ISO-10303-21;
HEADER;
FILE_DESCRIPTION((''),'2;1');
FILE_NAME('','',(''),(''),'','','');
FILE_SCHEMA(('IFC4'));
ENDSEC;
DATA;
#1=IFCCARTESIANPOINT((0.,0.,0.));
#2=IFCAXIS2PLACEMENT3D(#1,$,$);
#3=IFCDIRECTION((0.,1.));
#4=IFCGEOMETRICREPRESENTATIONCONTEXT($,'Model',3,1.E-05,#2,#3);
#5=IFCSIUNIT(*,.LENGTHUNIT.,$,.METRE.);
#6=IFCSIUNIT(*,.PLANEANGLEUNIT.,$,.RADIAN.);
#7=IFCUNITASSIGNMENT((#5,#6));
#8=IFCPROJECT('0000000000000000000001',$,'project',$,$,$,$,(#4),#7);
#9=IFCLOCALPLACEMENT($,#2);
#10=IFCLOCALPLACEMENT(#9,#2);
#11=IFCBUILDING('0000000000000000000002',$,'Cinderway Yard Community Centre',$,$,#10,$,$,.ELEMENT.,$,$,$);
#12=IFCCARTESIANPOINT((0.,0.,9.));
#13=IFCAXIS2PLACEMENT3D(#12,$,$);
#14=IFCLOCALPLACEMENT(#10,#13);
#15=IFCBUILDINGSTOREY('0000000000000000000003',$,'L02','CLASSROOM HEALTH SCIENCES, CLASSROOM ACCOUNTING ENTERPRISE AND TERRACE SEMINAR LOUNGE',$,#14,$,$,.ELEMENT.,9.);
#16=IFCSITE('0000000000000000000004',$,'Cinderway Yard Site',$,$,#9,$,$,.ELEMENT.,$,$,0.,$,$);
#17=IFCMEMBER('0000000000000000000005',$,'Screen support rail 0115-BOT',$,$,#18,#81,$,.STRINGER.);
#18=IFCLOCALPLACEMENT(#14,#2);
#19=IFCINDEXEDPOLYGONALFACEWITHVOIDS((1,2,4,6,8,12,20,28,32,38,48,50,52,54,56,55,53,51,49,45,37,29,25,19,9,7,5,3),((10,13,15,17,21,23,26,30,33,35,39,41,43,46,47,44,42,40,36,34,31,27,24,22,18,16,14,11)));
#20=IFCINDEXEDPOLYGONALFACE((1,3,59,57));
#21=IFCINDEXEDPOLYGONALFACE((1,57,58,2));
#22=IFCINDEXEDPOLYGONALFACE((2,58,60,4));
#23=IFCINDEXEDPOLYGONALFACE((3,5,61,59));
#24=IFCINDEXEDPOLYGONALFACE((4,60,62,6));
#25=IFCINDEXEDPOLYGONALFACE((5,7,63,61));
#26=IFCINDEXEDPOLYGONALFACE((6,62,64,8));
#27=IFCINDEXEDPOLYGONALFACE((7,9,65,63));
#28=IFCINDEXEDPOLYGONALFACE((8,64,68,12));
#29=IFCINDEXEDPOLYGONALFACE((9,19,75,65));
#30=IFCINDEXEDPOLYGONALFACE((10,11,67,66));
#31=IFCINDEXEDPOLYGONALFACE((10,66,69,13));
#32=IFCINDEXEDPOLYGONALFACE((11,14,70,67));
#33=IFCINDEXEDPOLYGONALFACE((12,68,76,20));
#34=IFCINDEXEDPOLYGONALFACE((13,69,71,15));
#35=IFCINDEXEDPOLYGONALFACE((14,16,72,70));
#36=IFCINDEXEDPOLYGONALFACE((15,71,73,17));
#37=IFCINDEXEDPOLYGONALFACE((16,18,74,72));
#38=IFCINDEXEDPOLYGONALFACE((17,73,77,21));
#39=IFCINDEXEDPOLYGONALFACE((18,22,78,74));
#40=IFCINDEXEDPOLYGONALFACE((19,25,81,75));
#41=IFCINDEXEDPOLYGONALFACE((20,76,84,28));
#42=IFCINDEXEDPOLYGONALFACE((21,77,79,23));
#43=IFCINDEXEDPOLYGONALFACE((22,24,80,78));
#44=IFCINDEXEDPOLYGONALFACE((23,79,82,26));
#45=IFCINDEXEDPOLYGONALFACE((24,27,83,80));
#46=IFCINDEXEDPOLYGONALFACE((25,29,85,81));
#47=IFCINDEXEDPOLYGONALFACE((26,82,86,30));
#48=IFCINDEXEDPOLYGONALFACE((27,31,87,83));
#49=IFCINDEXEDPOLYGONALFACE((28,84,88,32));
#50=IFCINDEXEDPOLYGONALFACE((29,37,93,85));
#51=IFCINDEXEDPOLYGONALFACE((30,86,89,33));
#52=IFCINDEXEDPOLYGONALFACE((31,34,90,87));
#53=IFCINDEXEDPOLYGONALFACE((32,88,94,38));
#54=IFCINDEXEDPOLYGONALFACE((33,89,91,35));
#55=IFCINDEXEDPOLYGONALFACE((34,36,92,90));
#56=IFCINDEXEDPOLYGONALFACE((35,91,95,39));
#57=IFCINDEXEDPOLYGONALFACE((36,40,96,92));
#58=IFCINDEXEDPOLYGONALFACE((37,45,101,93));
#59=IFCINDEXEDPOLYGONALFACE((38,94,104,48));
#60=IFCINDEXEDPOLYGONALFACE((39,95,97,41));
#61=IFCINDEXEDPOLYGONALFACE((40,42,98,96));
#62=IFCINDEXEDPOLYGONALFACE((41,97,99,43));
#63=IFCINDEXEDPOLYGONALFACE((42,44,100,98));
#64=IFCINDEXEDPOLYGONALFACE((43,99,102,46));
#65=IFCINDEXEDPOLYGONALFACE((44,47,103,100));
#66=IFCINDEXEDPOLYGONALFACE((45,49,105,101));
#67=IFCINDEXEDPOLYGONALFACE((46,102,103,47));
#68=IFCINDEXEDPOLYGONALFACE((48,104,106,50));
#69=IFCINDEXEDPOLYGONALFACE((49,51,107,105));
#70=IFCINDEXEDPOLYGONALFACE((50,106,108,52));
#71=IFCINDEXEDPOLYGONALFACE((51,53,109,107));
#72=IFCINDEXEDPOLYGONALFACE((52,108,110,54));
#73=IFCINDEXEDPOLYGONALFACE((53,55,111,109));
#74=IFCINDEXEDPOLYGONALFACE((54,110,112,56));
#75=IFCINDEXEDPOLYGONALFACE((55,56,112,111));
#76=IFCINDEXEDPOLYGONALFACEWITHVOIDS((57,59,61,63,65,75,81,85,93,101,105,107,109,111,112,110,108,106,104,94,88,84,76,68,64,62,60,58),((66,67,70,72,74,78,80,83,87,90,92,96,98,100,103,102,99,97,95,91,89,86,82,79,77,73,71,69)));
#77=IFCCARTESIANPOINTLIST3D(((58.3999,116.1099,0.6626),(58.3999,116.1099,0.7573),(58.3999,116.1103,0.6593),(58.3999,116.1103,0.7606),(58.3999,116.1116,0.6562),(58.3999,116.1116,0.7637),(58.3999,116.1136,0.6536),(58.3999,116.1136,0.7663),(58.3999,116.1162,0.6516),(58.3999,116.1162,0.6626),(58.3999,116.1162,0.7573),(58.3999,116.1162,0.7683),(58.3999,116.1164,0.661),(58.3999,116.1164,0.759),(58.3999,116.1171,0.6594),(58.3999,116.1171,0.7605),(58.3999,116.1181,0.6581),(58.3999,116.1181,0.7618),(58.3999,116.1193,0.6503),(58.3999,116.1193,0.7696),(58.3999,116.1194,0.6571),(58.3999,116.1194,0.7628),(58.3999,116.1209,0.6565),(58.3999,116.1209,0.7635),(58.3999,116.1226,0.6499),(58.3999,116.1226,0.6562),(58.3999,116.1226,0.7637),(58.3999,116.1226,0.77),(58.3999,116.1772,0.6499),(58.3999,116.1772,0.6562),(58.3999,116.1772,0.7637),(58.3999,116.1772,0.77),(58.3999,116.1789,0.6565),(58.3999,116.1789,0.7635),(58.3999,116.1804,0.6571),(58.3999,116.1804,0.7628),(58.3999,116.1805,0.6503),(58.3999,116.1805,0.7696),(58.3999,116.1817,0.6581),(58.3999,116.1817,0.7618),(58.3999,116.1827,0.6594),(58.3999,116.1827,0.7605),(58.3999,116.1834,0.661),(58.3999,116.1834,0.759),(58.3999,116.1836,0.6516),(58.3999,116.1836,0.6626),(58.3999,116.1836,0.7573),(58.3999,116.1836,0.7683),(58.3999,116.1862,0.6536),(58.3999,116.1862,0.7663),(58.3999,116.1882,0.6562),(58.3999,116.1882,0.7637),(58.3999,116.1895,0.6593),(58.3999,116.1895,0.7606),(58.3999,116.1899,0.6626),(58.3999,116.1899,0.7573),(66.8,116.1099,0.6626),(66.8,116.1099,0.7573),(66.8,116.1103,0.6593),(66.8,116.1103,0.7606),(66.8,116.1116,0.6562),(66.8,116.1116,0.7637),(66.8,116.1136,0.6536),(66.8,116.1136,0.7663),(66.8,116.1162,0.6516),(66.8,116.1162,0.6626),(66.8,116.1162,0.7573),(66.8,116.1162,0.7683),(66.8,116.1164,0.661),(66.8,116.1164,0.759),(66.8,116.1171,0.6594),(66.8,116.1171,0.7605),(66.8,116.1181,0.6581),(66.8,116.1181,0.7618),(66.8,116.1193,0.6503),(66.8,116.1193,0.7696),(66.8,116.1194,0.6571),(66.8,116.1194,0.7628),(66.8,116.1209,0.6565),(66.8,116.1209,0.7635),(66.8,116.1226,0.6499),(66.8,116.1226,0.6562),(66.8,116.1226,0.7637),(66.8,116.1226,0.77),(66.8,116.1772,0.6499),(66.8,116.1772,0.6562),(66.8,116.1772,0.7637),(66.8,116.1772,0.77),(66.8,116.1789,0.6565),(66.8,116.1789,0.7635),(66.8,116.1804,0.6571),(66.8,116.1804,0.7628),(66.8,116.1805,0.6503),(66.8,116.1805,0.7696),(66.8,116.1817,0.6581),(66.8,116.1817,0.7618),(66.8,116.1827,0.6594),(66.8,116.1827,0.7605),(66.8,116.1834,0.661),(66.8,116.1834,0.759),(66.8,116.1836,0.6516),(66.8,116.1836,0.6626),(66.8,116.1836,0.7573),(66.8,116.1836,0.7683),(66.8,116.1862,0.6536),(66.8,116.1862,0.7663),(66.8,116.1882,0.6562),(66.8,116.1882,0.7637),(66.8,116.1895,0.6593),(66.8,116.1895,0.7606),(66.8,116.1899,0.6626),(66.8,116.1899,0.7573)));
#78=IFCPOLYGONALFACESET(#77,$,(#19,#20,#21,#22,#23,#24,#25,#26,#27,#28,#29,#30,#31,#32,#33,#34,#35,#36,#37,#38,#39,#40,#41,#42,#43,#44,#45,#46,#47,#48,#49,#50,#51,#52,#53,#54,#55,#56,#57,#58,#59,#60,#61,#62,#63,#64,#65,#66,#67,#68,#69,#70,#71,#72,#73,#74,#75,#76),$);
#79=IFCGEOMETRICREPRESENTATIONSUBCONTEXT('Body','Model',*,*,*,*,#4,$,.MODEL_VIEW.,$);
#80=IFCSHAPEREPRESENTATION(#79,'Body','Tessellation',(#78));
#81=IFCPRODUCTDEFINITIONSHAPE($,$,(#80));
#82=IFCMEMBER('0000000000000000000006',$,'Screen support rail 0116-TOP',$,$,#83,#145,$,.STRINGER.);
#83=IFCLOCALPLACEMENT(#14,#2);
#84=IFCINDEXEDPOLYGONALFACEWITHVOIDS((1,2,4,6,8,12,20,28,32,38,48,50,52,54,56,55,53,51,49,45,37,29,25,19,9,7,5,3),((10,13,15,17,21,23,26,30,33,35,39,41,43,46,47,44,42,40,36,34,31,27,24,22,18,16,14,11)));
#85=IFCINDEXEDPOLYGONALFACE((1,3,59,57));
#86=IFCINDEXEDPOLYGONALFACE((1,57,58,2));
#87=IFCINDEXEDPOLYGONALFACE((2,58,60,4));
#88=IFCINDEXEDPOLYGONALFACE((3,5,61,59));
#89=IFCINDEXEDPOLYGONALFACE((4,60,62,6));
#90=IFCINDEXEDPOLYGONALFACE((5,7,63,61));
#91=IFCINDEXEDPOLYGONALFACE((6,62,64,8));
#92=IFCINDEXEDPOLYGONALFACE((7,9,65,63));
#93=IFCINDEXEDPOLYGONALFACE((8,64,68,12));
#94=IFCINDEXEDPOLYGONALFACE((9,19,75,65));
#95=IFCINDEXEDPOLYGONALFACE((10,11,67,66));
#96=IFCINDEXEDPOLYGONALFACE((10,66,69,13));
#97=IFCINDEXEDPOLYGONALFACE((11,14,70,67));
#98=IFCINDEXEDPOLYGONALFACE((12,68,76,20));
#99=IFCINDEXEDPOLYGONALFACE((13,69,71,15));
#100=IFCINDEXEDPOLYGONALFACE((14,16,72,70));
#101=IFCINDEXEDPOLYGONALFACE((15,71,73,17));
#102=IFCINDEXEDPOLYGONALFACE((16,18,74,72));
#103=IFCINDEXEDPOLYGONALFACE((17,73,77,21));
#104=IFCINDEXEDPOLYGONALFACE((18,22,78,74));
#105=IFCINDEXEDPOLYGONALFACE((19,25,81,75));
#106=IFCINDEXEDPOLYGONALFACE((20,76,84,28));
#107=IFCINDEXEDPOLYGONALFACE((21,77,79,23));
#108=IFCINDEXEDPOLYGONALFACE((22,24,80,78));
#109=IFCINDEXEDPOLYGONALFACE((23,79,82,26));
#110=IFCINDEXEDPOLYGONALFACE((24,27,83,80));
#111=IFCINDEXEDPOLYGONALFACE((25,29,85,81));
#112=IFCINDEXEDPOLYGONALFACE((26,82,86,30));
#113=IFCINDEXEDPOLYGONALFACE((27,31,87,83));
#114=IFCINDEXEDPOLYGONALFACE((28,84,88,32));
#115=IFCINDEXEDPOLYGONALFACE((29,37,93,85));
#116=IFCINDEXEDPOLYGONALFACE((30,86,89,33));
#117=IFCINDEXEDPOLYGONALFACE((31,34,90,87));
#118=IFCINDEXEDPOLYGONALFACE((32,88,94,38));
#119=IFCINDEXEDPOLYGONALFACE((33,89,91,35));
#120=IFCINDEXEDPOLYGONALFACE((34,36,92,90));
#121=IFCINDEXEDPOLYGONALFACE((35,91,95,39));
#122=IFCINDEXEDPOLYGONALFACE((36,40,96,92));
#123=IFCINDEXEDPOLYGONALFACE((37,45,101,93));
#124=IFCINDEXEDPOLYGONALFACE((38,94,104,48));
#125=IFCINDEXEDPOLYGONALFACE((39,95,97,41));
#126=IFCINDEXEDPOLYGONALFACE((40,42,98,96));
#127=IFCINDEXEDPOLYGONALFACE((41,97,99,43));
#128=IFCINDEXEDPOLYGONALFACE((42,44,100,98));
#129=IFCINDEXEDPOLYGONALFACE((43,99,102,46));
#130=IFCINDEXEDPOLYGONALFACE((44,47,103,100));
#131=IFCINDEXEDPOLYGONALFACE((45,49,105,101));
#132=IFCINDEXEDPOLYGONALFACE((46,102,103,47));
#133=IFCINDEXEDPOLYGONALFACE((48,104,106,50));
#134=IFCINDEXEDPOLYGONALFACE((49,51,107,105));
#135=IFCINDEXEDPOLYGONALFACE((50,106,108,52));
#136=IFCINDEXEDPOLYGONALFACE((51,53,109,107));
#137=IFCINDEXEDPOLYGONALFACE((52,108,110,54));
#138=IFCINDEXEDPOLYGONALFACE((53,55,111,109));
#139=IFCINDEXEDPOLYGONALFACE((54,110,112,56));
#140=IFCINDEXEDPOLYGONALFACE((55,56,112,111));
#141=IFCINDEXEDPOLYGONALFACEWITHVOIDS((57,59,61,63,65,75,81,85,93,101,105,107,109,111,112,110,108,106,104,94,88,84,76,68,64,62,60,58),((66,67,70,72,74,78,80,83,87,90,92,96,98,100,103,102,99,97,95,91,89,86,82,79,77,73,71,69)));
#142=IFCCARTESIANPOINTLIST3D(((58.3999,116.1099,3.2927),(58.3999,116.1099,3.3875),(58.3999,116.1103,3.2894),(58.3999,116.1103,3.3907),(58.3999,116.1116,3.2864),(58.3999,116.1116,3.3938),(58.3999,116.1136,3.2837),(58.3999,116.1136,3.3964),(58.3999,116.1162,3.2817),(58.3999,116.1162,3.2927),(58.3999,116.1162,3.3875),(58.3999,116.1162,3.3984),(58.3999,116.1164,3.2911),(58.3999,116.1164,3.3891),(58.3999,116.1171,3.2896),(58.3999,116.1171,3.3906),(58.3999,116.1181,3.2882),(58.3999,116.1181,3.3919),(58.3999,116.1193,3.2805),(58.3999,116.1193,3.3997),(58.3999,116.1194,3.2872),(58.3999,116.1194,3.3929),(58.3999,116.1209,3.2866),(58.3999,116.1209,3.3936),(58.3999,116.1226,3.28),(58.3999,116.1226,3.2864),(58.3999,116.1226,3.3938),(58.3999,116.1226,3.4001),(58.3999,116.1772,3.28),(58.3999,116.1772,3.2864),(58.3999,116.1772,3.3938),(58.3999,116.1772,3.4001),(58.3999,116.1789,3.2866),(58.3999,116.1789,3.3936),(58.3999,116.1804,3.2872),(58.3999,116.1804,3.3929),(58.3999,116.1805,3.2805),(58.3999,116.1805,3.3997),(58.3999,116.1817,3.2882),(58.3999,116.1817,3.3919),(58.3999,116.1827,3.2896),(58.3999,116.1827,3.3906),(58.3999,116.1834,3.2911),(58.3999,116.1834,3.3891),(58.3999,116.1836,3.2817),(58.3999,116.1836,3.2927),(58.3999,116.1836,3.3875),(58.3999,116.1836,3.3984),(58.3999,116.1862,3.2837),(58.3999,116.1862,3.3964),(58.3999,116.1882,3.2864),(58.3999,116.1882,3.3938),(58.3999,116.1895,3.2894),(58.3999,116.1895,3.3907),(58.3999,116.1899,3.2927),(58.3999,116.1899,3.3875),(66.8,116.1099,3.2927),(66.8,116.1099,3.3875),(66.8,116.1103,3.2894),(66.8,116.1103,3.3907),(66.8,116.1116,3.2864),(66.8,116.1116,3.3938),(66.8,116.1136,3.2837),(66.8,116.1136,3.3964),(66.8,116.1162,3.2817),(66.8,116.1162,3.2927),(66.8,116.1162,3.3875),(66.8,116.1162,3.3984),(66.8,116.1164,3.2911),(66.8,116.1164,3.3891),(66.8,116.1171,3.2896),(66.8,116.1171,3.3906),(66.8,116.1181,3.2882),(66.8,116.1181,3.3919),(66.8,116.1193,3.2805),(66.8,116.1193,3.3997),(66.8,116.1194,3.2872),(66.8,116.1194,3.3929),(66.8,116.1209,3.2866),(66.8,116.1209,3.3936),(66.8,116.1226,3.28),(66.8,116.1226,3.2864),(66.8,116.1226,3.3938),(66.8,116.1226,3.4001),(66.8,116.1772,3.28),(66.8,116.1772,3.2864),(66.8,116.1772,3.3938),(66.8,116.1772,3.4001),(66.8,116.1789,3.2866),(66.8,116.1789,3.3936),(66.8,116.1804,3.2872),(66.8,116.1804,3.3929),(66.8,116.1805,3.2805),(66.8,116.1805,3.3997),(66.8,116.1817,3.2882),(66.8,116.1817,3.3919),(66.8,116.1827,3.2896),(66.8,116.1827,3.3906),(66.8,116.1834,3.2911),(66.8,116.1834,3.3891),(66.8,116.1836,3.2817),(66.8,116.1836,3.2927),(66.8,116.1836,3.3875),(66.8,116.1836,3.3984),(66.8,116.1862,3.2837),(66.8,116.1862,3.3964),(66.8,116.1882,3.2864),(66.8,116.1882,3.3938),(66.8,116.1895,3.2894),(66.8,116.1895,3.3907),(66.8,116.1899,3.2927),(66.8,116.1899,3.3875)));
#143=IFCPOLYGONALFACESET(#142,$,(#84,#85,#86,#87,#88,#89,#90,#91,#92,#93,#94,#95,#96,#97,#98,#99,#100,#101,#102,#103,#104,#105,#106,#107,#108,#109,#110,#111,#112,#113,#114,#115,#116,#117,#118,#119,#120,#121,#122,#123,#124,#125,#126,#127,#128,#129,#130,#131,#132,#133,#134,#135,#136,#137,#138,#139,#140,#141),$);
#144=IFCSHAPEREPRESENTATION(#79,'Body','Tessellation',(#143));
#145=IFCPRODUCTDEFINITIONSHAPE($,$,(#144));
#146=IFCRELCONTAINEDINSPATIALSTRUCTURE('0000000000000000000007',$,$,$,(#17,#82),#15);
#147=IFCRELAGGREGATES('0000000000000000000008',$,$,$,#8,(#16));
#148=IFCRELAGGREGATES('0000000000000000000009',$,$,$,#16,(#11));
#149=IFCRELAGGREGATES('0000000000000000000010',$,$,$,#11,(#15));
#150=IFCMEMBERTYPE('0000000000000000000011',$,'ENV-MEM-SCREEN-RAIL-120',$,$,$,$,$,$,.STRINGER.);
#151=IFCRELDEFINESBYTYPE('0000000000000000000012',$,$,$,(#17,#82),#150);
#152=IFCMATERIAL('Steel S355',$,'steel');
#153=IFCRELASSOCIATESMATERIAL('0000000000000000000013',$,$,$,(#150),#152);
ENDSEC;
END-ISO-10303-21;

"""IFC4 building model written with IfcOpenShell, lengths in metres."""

from ifc_helpers import new_model, si_unit, direction, frame, origin, origin_2d, place, context, subcontext, project, spatial, hollow_rectangle, extrude, material, material_profile, profile_set, type_object, element, save


model = new_model("IFC4")

# Units and contexts
model_context = context("Model", 3, precision=1e-05, world=origin(), true_north=direction((0.0, 1.0)))
body_context = subcontext(model_context, "Body", "Model", "MODEL_VIEW")
ifc_project = project(units=[si_unit("LENGTHUNIT", "METRE"), si_unit("PLANEANGLEUNIT", "RADIAN")], contexts=[model_context])

# Site, building, storey
site_placement = place(None, origin())
site = spatial("IfcSite", under=ifc_project, at=site_placement, Name="Cinderway Yard Site", CompositionType="ELEMENT", RefElevation=0.0)
building_placement = place(site_placement, origin())
building = spatial("IfcBuilding", under=site, at=building_placement, Name="Cinderway Yard Community Centre", CompositionType="ELEMENT")
storey_placement = place(building_placement, frame((0.0, 0.0, 9.0)))
storey = spatial("IfcBuildingStorey", under=building, at=storey_placement, Name="L02", Description="CLASSROOM HEALTH SCIENCES, CLASSROOM ACCOUNTING ENTERPRISE AND TERRACE SEMINAR LOUNGE", CompositionType="ELEMENT", Elevation=9.0)

# Members
ifc_material_1 = material(Name="Steel S355", Category="steel")
ifc_material_profile_1 = material_profile(ifc_material_1, hollow_rectangle(XDim=0.0801, YDim=0.1201, WallThickness=0.0063, InnerFilletRadius=0.0063, OuterFilletRadius=0.0127, at=origin_2d()), Name="Steel S355")
ifc_profile_set_1 = profile_set([ifc_material_profile_1], Name="Steel S355")
member_type_1 = type_object("IfcMemberType", Name="ENV-MEM-SCREEN-RAIL-120", PredefinedType="STRINGER", material=ifc_profile_set_1)
for number, where, z_axis, x_axis, name in (
    (1, (58.3999, 116.1499, 0.71), (1.0, 0.0, 0.0), (0.0, 1.0, 0.0), "Screen support rail 0115-BOT"),
    (2, (58.3999, 116.1499, 3.3401), (1.0, 0.0, 0.0), (0.0, 1.0, 0.0), "Screen support rail 0116-TOP"),
):
    element("IfcMember", number, at=place(storey_placement, frame(where, z_axis=z_axis, x_axis=x_axis)), inside=storey, type_object=member_type_1, Name=name, PredefinedType="STRINGER", context=body_context, shape_type="SweptSolid", body=[
        extrude(hollow_rectangle(XDim=0.0801, YDim=0.1201, WallThickness=0.0063, InnerFilletRadius=0.0063, OuterFilletRadius=0.0127, at=origin_2d()), origin(), (0.0, 0.0, 1.0), 8.4001),
    ])

save(model, "model.ifc")
